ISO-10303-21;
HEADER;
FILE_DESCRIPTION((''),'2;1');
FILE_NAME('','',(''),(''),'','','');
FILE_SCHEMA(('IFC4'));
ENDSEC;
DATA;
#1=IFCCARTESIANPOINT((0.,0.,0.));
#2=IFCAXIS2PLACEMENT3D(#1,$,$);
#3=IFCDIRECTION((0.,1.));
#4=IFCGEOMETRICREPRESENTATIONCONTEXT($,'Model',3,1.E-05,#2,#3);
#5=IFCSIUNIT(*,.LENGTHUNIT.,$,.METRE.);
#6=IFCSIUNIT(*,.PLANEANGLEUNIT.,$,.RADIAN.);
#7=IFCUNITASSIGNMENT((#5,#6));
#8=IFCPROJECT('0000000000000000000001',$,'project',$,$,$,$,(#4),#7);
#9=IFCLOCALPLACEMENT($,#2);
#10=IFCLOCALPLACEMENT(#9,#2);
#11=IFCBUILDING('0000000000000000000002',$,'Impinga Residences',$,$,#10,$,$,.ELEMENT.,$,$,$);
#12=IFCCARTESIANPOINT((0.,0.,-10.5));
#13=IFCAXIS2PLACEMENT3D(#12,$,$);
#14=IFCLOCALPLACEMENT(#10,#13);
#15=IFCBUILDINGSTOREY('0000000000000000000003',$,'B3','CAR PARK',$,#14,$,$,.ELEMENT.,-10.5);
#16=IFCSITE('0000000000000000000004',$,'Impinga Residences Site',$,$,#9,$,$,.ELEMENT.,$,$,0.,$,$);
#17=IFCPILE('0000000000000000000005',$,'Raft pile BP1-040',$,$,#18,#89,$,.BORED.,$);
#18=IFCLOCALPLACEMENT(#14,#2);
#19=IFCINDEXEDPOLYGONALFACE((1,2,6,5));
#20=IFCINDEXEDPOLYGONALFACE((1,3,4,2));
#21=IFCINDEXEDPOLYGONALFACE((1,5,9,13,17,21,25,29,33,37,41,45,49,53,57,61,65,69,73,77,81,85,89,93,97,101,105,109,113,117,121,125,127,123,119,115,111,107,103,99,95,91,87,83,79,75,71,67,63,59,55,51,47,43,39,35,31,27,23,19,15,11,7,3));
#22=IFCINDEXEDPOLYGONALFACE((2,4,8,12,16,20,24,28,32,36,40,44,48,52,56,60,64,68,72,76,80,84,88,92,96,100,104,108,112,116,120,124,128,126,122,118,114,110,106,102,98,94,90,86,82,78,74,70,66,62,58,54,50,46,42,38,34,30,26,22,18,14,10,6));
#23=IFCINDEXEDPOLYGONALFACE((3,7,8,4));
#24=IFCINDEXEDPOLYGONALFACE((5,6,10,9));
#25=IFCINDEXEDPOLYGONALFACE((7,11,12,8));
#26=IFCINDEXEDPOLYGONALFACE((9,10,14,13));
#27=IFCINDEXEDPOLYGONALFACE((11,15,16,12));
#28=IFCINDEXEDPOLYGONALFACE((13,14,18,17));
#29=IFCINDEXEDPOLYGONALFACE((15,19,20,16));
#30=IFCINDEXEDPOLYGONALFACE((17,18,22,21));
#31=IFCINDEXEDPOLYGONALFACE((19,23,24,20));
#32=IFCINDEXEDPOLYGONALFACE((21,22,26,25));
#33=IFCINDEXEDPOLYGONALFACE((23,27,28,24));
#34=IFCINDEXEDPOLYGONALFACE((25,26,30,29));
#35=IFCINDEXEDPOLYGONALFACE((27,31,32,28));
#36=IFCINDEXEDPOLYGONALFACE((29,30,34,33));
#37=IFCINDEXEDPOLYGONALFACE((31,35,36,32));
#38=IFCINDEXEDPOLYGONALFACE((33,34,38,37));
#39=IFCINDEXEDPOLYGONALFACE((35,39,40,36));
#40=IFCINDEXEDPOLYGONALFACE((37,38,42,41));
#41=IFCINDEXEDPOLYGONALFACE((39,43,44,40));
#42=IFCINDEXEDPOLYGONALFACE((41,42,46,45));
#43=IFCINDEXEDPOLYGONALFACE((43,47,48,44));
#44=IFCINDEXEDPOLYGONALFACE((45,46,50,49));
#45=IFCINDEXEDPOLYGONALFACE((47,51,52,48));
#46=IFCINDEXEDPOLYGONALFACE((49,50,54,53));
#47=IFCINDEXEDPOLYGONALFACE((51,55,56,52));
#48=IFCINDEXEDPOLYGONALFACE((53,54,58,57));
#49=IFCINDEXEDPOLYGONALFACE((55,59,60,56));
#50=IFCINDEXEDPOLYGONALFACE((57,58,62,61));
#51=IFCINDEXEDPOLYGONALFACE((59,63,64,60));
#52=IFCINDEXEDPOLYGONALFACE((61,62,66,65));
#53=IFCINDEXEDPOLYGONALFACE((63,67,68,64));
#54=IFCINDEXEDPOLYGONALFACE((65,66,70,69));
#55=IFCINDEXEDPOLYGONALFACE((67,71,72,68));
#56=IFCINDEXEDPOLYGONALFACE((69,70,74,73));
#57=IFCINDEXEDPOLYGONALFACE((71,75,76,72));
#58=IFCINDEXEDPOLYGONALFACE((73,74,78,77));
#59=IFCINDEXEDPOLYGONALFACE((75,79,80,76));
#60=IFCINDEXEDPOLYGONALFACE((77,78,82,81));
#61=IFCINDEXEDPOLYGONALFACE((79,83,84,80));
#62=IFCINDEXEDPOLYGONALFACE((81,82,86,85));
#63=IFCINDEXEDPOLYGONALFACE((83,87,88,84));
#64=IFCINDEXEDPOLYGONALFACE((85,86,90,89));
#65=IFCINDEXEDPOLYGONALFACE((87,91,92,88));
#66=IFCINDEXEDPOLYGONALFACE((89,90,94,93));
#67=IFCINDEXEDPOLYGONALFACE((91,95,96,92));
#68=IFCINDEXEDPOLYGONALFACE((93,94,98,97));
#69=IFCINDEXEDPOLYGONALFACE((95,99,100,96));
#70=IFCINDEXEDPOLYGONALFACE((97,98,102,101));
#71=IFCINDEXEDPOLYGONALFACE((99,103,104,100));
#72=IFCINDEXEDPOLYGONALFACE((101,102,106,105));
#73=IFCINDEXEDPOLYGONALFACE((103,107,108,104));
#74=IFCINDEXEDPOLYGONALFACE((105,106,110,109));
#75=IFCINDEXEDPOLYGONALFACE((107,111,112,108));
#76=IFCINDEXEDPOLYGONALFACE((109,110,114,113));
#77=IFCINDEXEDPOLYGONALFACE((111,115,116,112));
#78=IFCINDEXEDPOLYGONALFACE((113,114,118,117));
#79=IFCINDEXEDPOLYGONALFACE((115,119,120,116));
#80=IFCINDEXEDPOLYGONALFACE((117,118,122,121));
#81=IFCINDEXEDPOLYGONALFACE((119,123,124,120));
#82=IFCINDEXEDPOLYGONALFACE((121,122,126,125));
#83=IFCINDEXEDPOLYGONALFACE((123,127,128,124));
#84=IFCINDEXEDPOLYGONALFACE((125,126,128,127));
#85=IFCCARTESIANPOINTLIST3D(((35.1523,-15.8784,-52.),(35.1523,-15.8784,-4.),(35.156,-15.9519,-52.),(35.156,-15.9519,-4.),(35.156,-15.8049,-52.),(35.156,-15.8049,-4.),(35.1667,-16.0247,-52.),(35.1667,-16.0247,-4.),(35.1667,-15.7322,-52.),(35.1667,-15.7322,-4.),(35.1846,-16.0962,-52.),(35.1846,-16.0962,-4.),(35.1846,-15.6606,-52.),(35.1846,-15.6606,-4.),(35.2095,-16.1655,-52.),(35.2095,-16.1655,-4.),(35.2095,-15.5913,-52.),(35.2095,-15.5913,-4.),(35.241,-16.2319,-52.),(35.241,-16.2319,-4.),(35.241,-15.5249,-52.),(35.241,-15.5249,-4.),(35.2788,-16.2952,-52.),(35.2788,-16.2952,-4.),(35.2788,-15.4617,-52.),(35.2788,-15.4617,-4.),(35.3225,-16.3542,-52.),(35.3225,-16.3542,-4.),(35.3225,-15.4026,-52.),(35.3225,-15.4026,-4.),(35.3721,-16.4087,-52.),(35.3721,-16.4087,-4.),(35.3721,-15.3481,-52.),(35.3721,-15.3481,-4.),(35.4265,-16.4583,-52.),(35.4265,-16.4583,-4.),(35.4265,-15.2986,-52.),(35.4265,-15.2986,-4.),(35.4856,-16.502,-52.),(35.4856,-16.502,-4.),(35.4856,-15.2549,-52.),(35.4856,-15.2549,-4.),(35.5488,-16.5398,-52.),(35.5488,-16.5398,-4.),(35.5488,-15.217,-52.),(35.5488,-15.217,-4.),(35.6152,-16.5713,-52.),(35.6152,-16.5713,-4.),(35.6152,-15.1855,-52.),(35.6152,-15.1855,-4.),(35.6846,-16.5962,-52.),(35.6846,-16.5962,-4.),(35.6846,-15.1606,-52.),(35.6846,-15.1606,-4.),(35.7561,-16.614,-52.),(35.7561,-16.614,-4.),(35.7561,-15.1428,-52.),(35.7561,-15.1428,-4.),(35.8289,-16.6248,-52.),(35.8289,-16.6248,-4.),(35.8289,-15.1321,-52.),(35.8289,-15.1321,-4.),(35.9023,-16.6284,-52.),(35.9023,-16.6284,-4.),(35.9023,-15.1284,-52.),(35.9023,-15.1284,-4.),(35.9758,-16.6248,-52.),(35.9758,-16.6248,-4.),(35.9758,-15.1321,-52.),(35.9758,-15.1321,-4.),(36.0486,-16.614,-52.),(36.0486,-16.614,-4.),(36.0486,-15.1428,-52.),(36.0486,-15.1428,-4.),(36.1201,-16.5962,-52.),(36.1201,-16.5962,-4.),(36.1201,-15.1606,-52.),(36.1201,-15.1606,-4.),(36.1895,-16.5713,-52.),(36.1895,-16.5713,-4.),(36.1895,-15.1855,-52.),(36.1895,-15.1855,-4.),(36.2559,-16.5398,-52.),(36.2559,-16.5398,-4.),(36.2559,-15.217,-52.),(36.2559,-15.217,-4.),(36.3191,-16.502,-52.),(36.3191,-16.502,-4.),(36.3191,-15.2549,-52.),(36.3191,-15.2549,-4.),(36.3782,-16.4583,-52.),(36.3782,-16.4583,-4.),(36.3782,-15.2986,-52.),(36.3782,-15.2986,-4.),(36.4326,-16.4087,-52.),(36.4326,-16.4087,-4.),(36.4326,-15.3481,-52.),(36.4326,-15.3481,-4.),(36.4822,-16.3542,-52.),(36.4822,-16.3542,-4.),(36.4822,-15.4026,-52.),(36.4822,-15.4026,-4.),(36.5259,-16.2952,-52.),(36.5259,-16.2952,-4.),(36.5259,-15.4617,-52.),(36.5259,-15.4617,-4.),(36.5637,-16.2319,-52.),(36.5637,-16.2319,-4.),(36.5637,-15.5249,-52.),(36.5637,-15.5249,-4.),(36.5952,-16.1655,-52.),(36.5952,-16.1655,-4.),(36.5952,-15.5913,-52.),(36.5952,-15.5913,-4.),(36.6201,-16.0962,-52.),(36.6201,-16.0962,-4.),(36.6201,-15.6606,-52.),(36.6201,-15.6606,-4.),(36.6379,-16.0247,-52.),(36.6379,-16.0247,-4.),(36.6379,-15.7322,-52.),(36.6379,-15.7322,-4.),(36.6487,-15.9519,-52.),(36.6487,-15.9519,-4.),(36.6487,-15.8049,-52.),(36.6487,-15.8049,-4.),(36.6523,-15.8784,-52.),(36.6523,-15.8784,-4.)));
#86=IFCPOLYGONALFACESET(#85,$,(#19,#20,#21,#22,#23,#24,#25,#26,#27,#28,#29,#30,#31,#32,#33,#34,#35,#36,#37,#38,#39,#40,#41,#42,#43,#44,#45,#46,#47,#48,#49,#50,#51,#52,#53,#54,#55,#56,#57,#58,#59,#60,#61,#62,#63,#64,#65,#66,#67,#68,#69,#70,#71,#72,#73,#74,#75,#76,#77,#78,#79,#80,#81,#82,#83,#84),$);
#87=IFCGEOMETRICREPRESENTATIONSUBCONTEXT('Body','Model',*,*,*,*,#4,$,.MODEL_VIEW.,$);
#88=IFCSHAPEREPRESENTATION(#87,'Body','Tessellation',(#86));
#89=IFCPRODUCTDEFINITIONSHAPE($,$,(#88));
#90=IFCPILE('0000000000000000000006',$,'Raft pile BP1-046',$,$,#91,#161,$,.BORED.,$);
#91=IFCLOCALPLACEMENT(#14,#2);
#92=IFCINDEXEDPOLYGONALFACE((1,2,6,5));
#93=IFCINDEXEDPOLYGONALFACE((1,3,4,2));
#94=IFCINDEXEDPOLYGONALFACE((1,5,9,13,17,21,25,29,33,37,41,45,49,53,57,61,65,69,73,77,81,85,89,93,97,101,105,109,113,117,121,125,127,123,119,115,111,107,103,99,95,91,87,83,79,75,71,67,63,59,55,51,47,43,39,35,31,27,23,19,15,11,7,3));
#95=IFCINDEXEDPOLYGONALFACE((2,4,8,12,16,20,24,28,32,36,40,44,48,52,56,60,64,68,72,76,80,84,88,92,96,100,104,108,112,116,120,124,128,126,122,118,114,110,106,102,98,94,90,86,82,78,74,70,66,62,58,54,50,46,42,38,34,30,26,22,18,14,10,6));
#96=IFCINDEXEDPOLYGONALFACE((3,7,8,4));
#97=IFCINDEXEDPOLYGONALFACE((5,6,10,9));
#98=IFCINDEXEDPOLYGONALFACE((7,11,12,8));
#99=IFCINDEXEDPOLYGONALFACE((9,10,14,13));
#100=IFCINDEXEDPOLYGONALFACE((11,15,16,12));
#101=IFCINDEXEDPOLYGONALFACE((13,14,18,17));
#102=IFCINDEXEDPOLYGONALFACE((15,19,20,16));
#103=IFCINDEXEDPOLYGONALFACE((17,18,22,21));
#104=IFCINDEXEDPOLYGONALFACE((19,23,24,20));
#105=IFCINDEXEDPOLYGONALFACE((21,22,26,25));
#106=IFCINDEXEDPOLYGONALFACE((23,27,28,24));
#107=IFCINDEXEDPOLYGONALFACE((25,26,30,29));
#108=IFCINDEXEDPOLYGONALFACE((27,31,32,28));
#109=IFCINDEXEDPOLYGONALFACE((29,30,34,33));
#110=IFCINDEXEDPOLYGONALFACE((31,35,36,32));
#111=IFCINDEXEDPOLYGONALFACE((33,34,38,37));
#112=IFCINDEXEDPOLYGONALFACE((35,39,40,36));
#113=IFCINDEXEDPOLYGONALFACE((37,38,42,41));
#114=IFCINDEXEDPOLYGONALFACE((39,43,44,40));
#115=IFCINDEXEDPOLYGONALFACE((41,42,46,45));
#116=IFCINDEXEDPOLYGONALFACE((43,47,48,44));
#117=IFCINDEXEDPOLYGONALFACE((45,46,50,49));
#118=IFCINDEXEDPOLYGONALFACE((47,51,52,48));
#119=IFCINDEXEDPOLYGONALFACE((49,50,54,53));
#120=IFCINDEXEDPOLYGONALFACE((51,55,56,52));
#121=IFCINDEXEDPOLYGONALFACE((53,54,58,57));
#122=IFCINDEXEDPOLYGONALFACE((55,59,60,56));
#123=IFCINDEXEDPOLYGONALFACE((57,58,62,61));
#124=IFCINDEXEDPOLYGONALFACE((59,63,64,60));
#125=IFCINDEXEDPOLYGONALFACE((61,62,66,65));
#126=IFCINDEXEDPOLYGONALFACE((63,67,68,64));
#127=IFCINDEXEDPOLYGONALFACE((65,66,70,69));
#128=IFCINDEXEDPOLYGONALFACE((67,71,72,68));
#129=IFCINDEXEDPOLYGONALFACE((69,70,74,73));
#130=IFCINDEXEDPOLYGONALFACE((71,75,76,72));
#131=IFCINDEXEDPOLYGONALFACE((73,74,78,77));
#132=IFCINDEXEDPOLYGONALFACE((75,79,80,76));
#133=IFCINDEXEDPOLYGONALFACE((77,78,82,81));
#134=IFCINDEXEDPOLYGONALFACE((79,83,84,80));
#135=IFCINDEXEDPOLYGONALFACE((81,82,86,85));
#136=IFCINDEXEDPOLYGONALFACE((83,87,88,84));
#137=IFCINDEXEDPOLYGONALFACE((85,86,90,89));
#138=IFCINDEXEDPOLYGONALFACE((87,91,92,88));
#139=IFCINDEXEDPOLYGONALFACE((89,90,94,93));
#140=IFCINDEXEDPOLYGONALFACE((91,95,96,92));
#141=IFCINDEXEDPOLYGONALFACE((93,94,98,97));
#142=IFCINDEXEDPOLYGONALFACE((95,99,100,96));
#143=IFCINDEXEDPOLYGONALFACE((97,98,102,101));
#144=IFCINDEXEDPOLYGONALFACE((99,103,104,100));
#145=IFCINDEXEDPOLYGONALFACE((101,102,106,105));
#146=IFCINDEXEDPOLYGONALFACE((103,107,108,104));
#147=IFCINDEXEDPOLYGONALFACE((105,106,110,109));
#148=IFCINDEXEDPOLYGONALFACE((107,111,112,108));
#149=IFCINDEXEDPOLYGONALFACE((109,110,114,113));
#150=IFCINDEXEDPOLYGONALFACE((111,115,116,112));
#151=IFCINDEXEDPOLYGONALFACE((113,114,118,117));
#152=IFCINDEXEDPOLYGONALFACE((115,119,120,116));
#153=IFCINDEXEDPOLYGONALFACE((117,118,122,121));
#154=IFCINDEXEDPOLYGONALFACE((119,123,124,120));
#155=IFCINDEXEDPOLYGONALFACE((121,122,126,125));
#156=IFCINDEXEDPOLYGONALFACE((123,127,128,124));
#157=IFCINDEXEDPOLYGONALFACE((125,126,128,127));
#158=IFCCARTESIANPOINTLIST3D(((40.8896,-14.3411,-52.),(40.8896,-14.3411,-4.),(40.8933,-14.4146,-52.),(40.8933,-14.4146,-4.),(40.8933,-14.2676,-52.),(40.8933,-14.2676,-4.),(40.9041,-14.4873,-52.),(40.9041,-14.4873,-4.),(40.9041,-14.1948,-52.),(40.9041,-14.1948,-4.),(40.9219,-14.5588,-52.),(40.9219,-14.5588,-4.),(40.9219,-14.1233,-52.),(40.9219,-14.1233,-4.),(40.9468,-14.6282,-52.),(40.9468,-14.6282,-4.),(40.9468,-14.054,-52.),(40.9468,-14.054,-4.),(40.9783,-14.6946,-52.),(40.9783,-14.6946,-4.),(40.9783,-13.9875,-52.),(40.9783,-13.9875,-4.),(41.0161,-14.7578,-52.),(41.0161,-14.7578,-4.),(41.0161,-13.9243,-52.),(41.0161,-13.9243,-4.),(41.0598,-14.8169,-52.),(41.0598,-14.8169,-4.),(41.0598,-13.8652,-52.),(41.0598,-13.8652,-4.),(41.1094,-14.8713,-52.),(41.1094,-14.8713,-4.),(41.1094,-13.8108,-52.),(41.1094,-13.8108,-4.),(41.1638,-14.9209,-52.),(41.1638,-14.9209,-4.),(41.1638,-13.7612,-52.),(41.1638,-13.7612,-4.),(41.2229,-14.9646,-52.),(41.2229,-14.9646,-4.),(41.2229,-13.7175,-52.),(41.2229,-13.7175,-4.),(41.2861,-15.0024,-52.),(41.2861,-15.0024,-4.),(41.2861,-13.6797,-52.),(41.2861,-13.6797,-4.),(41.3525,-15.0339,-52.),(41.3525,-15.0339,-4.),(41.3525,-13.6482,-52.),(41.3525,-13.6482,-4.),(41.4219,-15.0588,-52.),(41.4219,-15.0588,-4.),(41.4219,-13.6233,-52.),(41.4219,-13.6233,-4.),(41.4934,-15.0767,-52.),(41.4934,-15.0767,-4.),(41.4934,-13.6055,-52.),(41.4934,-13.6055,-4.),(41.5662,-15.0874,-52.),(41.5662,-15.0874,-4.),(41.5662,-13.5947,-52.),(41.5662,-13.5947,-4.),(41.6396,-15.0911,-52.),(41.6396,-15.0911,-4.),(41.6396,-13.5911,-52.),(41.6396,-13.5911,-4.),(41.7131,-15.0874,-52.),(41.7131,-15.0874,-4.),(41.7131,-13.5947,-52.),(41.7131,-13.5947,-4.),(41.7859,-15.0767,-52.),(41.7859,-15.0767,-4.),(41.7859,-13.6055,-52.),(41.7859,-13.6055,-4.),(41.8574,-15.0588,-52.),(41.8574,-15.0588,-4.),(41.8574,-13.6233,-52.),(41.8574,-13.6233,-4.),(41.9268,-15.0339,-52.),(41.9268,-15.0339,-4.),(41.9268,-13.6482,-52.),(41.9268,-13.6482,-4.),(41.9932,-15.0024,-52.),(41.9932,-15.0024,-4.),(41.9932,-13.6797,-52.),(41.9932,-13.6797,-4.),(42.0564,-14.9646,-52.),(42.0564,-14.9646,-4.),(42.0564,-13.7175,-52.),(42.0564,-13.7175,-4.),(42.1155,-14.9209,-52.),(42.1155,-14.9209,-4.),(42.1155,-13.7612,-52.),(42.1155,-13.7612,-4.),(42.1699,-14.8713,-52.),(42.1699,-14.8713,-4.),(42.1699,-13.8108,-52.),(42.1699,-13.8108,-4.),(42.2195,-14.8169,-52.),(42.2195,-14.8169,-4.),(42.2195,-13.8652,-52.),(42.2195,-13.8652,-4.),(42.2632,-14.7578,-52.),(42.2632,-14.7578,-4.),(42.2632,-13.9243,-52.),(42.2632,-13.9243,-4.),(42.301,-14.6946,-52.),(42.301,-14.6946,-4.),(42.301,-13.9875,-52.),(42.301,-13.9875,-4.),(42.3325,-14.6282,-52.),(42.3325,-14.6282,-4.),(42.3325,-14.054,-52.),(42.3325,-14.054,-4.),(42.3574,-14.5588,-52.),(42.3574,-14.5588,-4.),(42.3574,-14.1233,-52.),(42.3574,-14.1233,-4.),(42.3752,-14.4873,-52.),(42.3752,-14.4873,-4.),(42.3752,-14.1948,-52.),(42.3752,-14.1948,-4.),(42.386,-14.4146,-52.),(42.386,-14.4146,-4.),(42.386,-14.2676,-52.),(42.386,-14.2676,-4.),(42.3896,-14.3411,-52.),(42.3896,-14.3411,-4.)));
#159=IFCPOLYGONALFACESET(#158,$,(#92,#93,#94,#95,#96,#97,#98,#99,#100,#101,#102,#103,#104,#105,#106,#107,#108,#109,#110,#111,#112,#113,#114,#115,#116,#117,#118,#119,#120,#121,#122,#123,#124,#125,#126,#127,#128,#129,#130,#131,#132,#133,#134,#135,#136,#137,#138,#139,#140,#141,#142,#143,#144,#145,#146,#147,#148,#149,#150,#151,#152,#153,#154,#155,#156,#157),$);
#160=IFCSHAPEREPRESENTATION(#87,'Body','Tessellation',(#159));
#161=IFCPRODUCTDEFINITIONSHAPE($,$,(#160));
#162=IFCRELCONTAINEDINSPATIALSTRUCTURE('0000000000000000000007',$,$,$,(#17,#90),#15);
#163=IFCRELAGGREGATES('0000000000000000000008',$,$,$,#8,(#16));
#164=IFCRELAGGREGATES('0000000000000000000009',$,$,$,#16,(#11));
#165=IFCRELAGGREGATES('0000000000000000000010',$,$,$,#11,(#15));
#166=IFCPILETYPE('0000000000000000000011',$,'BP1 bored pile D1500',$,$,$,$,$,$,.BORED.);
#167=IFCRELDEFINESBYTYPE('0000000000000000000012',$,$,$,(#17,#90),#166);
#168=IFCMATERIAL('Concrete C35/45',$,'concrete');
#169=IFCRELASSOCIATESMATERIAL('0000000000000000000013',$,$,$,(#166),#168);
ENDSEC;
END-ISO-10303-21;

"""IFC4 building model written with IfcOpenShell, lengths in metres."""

from ifc_helpers import new_model, si_unit, direction, frame, origin, origin_2d, place, context, subcontext, project, spatial, polyline, circle, outline, extrude, material, material_profile, profile_set, type_object, element, save


model = new_model("IFC4")

# Units and contexts
model_context = context("Model", 3, precision=1e-05, world=origin(), true_north=direction((0.0, 1.0)))
body_context = subcontext(model_context, "Body", "Model", "MODEL_VIEW")
ifc_project = project(units=[si_unit("LENGTHUNIT", "METRE"), si_unit("PLANEANGLEUNIT", "RADIAN")], contexts=[model_context])

# Site, building, storey
site_placement = place(None, origin())
site = spatial("IfcSite", under=ifc_project, at=site_placement, Name="Impinga Residences Site", CompositionType="ELEMENT", RefElevation=0.0)
building_placement = place(site_placement, origin())
building = spatial("IfcBuilding", under=site, at=building_placement, Name="Impinga Residences", CompositionType="ELEMENT")
storey_placement = place(building_placement, frame((0.0, 0.0, -10.5)))
storey = spatial("IfcBuildingStorey", under=building, at=storey_placement, Name="B3", Description="CAR PARK", CompositionType="ELEMENT", Elevation=-10.5)

# Piles
ifc_material_1 = material(Name="Concrete C35/45", Category="concrete")
ifc_material_profile_1 = material_profile(ifc_material_1, circle(Radius=0.75, at=origin_2d()), Name="D1500")
ifc_profile_set_1 = profile_set([ifc_material_profile_1], Name="Concrete C35/45")
pile_type_1 = type_object("IfcPileType", Name="BP1 bored pile D1500", PredefinedType="BORED", material=ifc_profile_set_1)
pile_1_placement = place(storey_placement, frame((35.9023, -15.8784, -4.0), z_axis=(0.0, 0.0, -1.0), x_axis=(1.0, 0.0, 0.0)))
element("IfcPile", 1, at=pile_1_placement, inside=storey, type_object=pile_type_1, Name="Raft pile BP1-040", PredefinedType="BORED", context=body_context, shape_type="SweptSolid", body=[
    extrude(outline(polyline([(0.75, 0.0), (0.7463, 0.0735), (0.7356, 0.1462), (0.7178, 0.2178), (0.6929, 0.2871), (0.6614, 0.3535), (0.6235, 0.4167), (0.5798, 0.4758), (0.5303, 0.5303), (0.4758, 0.5798), (0.4167, 0.6235), (0.3535, 0.6614), (0.2871, 0.6929), (0.2178, 0.7178), (0.1462, 0.7356), (0.0735, 0.7463), (0.0, 0.75), (-0.0735, 0.7463), (-0.1462, 0.7356), (-0.2178, 0.7178), (-0.2871, 0.6929), (-0.3535, 0.6614), (-0.4167, 0.6235), (-0.4758, 0.5798), (-0.5303, 0.5303), (-0.5798, 0.4758), (-0.6235, 0.4167), (-0.6614, 0.3535), (-0.6929, 0.2871), (-0.7178, 0.2178), (-0.7356, 0.1462), (-0.7463, 0.0735), (-0.75, 0.0), (-0.7463, -0.0735), (-0.7356, -0.1462), (-0.7178, -0.2178), (-0.6929, -0.2871), (-0.6614, -0.3535), (-0.6235, -0.4167), (-0.5798, -0.4758), (-0.5303, -0.5303), (-0.4758, -0.5798), (-0.4167, -0.6235), (-0.3535, -0.6614), (-0.2871, -0.6929), (-0.2178, -0.7178), (-0.1462, -0.7356), (-0.0735, -0.7463), (0.0, -0.75), (0.0735, -0.7463), (0.1462, -0.7356), (0.2178, -0.7178), (0.2871, -0.6929), (0.3535, -0.6614), (0.4167, -0.6235), (0.4758, -0.5798), (0.5303, -0.5303), (0.5798, -0.4758), (0.6235, -0.4167), (0.6614, -0.3535), (0.6929, -0.2871), (0.7178, -0.2178), (0.7356, -0.1462), (0.7463, -0.0735), (0.75, 0.0)])), origin(), (0.0, 0.0, 1.0), 48.0),
])
pile_2_placement = place(storey_placement, frame((41.6396, -14.3411, -4.0), z_axis=(0.0, 0.0, -1.0), x_axis=(1.0, 0.0, 0.0)))
element("IfcPile", 2, at=pile_2_placement, inside=storey, type_object=pile_type_1, Name="Raft pile BP1-046", PredefinedType="BORED", context=body_context, shape_type="SweptSolid", body=[
    extrude(outline(polyline([(0.75, 0.0), (0.7463, 0.0735), (0.7356, 0.1462), (0.7178, 0.2178), (0.6929, 0.2871), (0.6614, 0.3535), (0.6235, 0.4167), (0.5798, 0.4758), (0.5303, 0.5303), (0.4758, 0.5798), (0.4167, 0.6235), (0.3535, 0.6614), (0.2871, 0.6929), (0.2178, 0.7178), (0.1462, 0.7356), (0.0735, 0.7463), (0.0, 0.75), (-0.0735, 0.7463), (-0.1462, 0.7356), (-0.2178, 0.7178), (-0.2871, 0.6929), (-0.3535, 0.6614), (-0.4167, 0.6235), (-0.4758, 0.5798), (-0.5303, 0.5303), (-0.5798, 0.4758), (-0.6235, 0.4167), (-0.6614, 0.3535), (-0.6929, 0.2871), (-0.7178, 0.2178), (-0.7356, 0.1462), (-0.7463, 0.0735), (-0.75, 0.0), (-0.7463, -0.0735), (-0.7356, -0.1462), (-0.7178, -0.2178), (-0.6929, -0.2871), (-0.6614, -0.3535), (-0.6235, -0.4167), (-0.5798, -0.4758), (-0.5303, -0.5303), (-0.4758, -0.5798), (-0.4167, -0.6235), (-0.3535, -0.6614), (-0.2871, -0.6929), (-0.2178, -0.7178), (-0.1462, -0.7356), (-0.0735, -0.7463), (0.0, -0.75), (0.0735, -0.7463), (0.1462, -0.7356), (0.2178, -0.7178), (0.2871, -0.6929), (0.3535, -0.6614), (0.4167, -0.6235), (0.4758, -0.5798), (0.5303, -0.5303), (0.5798, -0.4758), (0.6235, -0.4167), (0.6614, -0.3535), (0.6929, -0.2871), (0.7178, -0.2178), (0.7356, -0.1462), (0.7463, -0.0735), (0.75, 0.0)])), origin(), (0.0, 0.0, 1.0), 48.0),
])

save(model, "model.ifc")
